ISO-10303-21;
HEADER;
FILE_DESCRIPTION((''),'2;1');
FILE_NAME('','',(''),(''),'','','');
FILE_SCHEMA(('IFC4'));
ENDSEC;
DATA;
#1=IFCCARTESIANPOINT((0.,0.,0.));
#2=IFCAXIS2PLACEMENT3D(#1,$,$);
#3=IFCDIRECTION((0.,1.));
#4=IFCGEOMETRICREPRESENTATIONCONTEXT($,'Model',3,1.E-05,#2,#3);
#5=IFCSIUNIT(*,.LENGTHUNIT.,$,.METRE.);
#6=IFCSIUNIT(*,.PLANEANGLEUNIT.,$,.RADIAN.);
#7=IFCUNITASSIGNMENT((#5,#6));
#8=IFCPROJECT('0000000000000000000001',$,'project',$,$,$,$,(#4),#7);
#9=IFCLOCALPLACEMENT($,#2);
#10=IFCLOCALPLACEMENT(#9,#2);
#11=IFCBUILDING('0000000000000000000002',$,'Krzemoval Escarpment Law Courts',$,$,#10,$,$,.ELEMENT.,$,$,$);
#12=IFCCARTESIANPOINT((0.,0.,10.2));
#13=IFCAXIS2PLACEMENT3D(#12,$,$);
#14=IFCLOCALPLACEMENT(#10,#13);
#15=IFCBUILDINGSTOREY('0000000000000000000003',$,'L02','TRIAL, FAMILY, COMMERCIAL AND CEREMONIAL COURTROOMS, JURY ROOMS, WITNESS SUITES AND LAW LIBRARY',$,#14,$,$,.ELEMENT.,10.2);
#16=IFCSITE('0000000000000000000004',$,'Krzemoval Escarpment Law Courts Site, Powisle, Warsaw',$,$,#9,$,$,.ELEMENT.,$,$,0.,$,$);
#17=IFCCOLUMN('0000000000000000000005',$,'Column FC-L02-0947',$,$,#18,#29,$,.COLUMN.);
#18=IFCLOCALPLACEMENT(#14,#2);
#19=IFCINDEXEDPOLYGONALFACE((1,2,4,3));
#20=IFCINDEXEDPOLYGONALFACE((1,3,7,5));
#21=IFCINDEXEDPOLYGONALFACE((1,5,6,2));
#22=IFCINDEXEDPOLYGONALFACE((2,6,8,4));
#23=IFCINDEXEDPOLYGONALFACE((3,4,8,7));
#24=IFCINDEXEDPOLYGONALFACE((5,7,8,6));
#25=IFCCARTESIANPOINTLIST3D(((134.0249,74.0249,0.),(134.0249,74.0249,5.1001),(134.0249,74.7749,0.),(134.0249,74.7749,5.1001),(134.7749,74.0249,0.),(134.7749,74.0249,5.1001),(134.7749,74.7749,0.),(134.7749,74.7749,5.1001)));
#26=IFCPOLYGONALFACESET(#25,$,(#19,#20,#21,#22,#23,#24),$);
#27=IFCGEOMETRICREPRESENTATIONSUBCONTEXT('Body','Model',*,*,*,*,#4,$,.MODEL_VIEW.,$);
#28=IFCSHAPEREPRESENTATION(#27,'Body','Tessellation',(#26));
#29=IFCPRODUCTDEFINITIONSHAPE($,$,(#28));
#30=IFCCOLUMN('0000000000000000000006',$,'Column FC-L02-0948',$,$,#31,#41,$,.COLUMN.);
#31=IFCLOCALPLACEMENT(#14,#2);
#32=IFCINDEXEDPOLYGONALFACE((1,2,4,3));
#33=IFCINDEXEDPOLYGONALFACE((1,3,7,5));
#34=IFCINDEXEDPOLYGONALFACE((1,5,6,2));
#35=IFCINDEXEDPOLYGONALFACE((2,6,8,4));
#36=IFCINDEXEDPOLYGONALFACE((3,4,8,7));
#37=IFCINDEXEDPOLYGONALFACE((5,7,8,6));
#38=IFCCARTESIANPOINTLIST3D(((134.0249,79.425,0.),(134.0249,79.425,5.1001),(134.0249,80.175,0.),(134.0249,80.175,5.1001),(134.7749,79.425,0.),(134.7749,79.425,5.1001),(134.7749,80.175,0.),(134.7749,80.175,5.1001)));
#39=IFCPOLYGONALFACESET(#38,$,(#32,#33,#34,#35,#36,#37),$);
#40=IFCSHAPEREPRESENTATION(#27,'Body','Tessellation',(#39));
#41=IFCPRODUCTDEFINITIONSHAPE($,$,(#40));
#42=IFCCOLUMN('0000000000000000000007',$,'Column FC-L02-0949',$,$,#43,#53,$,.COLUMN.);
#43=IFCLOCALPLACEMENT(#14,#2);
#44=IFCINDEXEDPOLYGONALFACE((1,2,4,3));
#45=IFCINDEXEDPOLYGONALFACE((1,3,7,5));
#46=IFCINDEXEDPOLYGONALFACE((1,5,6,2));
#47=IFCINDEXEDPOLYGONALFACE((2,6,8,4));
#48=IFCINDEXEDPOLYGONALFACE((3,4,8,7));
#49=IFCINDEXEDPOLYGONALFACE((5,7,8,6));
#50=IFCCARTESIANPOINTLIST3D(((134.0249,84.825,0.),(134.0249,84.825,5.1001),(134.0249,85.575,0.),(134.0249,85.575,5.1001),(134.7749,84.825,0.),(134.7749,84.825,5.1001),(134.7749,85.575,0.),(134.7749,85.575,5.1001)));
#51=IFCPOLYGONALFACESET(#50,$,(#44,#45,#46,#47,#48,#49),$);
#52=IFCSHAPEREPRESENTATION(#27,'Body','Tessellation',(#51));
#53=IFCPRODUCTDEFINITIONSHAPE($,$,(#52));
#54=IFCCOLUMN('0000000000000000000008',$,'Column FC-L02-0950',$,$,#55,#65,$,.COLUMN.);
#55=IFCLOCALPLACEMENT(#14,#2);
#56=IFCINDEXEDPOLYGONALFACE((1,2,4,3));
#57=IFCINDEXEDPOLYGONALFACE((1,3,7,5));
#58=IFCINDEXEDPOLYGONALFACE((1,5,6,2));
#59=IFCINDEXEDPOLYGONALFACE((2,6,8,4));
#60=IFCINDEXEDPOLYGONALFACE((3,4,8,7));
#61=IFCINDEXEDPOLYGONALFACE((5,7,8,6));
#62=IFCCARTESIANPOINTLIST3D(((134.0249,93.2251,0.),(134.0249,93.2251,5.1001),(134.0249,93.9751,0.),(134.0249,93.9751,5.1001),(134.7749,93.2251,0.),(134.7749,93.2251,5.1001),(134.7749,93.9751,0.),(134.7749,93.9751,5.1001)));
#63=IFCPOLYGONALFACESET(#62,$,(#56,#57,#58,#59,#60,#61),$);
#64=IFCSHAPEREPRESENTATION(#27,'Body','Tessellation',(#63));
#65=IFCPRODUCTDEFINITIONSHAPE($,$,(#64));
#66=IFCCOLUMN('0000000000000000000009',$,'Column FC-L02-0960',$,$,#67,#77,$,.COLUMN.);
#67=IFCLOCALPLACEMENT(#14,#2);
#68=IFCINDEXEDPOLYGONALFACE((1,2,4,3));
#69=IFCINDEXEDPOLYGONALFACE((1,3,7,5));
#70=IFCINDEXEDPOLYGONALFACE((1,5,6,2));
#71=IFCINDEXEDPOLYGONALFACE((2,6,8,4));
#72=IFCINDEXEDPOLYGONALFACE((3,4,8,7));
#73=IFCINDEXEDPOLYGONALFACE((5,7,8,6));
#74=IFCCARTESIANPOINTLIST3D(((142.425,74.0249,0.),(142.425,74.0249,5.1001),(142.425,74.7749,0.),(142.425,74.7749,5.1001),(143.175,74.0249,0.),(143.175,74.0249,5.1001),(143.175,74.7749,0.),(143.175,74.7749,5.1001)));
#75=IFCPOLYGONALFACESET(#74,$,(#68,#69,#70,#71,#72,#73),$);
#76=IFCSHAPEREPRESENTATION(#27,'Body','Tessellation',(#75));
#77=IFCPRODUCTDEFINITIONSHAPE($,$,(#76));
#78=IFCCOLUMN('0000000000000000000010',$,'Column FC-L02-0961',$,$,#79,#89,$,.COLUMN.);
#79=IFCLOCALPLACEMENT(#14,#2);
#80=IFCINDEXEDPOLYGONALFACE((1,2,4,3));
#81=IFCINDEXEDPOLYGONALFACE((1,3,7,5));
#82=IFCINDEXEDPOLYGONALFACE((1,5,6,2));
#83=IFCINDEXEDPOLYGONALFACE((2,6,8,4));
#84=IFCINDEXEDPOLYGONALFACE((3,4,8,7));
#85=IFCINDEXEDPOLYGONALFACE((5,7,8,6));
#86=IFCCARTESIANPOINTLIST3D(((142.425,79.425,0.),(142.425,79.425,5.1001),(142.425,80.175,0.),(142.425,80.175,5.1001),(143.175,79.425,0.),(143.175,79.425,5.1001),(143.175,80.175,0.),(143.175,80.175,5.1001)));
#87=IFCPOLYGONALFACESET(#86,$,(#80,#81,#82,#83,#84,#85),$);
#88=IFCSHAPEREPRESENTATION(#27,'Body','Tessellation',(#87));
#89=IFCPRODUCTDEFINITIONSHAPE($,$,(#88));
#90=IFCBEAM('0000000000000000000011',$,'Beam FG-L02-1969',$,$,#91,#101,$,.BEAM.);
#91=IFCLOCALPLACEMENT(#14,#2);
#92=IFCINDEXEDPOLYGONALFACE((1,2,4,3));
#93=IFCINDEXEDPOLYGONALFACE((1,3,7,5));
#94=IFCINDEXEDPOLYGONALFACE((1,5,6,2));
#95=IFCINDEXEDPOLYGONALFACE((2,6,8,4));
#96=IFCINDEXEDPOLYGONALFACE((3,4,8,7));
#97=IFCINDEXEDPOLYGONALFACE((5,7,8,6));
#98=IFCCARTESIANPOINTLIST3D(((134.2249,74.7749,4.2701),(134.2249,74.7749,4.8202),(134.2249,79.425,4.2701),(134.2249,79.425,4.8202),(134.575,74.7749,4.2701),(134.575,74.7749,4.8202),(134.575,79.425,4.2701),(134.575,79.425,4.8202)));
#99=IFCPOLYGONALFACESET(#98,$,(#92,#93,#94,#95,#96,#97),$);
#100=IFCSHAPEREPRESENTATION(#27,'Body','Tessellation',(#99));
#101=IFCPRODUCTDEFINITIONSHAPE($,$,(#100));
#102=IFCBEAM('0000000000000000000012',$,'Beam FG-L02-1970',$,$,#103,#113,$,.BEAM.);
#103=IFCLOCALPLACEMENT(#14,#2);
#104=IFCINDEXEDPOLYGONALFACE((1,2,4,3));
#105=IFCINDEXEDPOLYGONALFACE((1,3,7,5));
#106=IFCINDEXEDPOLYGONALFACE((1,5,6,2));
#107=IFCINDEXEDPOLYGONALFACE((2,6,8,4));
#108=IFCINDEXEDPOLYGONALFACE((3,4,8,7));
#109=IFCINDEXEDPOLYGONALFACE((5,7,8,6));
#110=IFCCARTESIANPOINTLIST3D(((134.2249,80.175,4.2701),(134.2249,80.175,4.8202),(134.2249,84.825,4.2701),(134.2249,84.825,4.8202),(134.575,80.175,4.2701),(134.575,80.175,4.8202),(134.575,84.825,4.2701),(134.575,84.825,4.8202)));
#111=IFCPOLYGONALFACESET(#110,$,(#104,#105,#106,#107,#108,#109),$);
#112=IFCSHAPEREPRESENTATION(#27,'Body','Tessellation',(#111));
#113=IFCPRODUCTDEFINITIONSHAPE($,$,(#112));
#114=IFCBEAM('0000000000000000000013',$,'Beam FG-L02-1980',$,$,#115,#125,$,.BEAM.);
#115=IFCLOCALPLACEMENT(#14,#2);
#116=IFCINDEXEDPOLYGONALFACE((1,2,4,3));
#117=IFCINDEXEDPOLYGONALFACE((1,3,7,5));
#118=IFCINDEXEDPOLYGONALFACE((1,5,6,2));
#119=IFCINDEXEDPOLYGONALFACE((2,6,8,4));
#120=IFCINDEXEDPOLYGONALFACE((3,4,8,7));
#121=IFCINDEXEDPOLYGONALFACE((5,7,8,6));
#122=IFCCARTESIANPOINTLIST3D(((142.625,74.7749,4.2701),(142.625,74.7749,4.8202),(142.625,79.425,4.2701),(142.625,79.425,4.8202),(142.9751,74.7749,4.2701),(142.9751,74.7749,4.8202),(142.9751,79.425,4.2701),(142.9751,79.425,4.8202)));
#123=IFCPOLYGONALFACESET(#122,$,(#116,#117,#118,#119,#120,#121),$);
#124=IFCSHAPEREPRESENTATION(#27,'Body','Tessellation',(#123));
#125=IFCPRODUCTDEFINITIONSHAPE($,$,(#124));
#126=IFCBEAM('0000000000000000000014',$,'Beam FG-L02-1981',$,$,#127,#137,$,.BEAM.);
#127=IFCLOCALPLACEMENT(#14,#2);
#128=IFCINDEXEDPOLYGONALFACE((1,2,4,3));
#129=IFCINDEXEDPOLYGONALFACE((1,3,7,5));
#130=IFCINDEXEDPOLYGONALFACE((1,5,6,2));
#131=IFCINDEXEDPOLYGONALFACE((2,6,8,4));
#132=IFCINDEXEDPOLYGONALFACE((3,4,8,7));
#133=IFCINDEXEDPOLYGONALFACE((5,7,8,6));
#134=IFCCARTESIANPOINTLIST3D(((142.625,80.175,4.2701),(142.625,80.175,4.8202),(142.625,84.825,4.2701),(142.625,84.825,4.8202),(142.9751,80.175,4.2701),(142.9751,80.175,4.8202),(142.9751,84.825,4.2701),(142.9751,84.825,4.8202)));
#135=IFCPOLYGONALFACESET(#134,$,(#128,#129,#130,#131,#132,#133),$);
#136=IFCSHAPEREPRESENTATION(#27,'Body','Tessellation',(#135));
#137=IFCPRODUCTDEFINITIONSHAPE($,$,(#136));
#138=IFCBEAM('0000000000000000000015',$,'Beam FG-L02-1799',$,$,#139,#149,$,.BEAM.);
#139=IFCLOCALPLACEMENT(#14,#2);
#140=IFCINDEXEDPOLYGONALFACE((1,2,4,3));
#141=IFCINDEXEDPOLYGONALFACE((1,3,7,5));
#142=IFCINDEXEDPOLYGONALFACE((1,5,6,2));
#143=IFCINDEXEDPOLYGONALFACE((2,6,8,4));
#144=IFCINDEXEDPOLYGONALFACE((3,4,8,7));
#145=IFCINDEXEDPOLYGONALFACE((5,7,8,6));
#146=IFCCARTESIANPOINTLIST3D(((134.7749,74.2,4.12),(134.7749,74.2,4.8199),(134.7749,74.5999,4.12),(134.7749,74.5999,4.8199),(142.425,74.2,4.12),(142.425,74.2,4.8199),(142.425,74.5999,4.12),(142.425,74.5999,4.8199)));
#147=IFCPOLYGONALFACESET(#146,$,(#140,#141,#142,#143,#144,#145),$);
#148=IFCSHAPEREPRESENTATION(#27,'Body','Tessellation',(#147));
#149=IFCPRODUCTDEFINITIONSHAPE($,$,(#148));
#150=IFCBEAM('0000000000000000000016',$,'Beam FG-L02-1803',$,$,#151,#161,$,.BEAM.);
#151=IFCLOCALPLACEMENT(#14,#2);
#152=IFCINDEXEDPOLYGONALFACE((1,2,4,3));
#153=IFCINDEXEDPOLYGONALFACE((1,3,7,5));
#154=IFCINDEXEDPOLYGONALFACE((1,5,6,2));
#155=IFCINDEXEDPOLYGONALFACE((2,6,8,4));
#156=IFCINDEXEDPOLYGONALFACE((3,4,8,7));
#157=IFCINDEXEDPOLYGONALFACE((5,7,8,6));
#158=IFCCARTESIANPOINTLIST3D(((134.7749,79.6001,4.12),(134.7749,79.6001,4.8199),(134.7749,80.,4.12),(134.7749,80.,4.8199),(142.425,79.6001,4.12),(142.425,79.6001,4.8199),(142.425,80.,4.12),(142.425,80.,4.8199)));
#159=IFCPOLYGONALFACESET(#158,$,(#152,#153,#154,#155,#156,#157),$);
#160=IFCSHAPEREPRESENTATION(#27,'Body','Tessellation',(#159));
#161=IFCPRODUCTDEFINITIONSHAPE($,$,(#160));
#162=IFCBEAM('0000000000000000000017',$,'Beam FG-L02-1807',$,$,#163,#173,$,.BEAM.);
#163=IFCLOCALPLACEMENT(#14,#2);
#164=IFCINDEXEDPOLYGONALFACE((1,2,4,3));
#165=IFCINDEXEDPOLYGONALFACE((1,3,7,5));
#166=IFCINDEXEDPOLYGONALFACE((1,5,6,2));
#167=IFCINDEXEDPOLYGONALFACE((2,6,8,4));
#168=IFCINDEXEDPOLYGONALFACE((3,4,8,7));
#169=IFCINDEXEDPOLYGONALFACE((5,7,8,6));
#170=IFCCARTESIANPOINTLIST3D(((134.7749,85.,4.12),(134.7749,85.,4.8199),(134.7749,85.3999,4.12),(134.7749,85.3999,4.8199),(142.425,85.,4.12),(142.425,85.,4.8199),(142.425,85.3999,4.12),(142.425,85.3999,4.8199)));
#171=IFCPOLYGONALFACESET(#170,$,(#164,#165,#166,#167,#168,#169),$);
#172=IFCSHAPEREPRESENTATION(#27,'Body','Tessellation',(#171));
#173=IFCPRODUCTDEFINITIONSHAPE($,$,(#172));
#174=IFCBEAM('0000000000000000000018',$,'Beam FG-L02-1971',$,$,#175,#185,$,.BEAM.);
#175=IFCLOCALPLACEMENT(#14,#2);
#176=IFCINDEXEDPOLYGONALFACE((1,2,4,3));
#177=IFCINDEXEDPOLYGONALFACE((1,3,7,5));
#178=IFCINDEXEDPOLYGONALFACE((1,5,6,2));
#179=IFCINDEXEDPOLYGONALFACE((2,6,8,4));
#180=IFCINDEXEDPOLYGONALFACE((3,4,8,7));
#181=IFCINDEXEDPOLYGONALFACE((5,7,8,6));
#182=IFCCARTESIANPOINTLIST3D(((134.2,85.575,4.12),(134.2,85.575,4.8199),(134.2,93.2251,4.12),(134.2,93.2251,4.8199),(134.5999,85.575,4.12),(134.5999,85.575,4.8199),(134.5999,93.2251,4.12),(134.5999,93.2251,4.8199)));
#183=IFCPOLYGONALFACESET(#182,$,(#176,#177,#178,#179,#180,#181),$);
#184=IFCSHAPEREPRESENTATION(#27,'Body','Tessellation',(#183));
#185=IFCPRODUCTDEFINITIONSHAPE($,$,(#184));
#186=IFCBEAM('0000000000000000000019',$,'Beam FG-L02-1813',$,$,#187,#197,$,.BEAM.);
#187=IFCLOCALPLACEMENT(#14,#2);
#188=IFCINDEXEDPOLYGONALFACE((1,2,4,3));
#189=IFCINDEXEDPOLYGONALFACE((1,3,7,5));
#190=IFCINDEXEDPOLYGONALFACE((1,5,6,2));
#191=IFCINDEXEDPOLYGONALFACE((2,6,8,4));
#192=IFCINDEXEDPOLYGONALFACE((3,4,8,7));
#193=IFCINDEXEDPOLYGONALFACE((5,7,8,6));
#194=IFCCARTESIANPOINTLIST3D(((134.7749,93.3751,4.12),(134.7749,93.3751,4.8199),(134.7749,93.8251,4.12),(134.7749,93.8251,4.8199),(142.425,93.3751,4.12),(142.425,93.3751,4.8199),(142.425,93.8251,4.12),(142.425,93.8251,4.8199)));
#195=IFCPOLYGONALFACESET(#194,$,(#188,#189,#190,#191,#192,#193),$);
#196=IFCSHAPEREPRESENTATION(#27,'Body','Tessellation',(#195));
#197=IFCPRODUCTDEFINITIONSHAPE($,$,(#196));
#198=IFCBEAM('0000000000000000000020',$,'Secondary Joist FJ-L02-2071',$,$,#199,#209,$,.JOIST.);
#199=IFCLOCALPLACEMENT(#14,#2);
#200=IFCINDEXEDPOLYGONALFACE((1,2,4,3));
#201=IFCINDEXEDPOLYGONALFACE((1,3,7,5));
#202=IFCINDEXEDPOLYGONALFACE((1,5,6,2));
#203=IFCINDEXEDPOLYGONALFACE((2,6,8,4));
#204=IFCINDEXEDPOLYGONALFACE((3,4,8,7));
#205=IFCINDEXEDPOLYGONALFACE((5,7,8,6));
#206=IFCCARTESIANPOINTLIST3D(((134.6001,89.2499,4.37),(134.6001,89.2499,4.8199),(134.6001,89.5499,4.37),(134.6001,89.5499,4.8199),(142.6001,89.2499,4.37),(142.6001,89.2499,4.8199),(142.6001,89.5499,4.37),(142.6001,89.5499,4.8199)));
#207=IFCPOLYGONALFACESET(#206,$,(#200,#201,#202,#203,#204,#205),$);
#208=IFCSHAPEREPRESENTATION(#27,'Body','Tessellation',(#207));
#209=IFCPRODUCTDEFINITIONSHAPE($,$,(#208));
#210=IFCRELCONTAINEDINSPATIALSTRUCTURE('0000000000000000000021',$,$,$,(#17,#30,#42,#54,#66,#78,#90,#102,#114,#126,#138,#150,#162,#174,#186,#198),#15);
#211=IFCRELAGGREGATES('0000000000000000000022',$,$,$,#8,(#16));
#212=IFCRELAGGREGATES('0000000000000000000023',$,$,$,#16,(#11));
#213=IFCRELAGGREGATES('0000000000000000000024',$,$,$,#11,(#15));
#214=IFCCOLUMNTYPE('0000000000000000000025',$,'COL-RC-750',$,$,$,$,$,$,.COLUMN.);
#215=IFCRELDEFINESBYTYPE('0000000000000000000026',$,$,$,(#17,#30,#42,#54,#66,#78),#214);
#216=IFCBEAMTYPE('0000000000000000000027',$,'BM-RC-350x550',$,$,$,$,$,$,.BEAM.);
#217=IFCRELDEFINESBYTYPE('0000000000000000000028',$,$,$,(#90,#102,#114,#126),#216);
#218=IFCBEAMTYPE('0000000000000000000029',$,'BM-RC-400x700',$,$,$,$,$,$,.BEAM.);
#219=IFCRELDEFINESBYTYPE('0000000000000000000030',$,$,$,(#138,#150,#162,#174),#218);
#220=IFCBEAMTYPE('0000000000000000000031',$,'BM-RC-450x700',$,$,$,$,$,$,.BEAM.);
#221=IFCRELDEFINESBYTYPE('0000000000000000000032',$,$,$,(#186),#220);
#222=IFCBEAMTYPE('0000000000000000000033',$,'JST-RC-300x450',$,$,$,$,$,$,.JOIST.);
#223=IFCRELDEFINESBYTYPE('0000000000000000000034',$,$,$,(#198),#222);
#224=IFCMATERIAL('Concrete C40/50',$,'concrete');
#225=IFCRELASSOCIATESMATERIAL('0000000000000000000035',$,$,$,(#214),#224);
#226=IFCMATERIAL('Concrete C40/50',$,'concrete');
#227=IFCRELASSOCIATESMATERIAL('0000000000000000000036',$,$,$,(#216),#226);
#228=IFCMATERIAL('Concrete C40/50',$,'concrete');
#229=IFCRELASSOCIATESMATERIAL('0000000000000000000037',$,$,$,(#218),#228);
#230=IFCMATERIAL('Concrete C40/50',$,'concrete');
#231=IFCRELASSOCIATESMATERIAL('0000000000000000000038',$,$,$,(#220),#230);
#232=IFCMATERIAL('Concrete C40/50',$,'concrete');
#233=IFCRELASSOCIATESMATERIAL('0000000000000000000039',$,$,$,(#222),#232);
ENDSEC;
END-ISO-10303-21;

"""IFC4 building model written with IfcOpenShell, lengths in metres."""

from ifc_helpers import new_model, si_unit, direction, frame, origin, origin_2d, place, context, subcontext, project, spatial, rectangle, extrude, material, material_profile, profile_set, type_object, element, save


model = new_model("IFC4")

# Units and contexts
model_context = context("Model", 3, precision=1e-05, world=origin(), true_north=direction((0.0, 1.0)))
body_context = subcontext(model_context, "Body", "Model", "MODEL_VIEW")
ifc_project = project(units=[si_unit("LENGTHUNIT", "METRE"), si_unit("PLANEANGLEUNIT", "RADIAN")], contexts=[model_context])

# Site, building, storey
site_placement = place(None, origin())
site = spatial("IfcSite", under=ifc_project, at=site_placement, Name="Krzemoval Escarpment Law Courts Site, Powisle, Warsaw", CompositionType="ELEMENT", RefElevation=0.0)
building_placement = place(site_placement, origin())
building = spatial("IfcBuilding", under=site, at=building_placement, Name="Krzemoval Escarpment Law Courts", CompositionType="ELEMENT")
storey_placement = place(building_placement, frame((0.0, 0.0, 10.2)))
storey = spatial("IfcBuildingStorey", under=building, at=storey_placement, Name="L02", Description="TRIAL, FAMILY, COMMERCIAL AND CEREMONIAL COURTROOMS, JURY ROOMS, WITNESS SUITES AND LAW LIBRARY", CompositionType="ELEMENT", Elevation=10.2)

# Columns
ifc_material_1 = material(Name="Concrete C40/50", Category="concrete")
ifc_material_profile_1 = material_profile(ifc_material_1, rectangle(XDim=0.75, YDim=0.75, at=origin_2d()), Name="RC 750x750")
ifc_profile_set_1 = profile_set([ifc_material_profile_1], Name="Concrete C40/50")
column_type = type_object("IfcColumnType", Name="COL-RC-750", PredefinedType="COLUMN", material=ifc_profile_set_1)
for number, where, z_axis, x_axis, name in (
    (1, (134.3999, 74.3999, 0.0), (0.0, 0.0, 1.0), (1.0, 0.0, 0.0), "Column FC-L02-0947"),
    (2, (134.3999, 79.8, 0.0), (0.0, 0.0, 1.0), (1.0, 0.0, 0.0), "Column FC-L02-0948"),
    (3, (134.3999, 85.2, 0.0), (0.0, 0.0, 1.0), (1.0, 0.0, 0.0), "Column FC-L02-0949"),
    (4, (134.3999, 93.6001, 0.0), (0.0, 0.0, 1.0), (1.0, 0.0, 0.0), "Column FC-L02-0950"),
    (5, (142.8, 74.3999, 0.0), (0.0, 0.0, 1.0), (1.0, 0.0, 0.0), "Column FC-L02-0960"),
    (6, (142.8, 79.8, 0.0), (0.0, 0.0, 1.0), (1.0, 0.0, 0.0), "Column FC-L02-0961"),
):
    element("IfcColumn", number, at=place(storey_placement, frame(where, z_axis=z_axis, x_axis=x_axis)), inside=storey, type_object=column_type, Name=name, PredefinedType="COLUMN", context=body_context, shape_type="SweptSolid", body=[
        extrude(rectangle(XDim=0.75, YDim=0.75, at=origin_2d()), origin(), (0.0, 0.0, 1.0), 5.1001),
    ])

# Beams
ifc_material_2 = material(Name="Concrete C40/50", Category="concrete")
ifc_material_profile_2 = material_profile(ifc_material_2, rectangle(XDim=0.3501, YDim=0.55, at=origin_2d()), Name="RCB 350x550")
ifc_profile_set_2 = profile_set([ifc_material_profile_2], Name="Concrete C40/50")
beam_type_1 = type_object("IfcBeamType", Name="BM-RC-350x550", PredefinedType="BEAM", material=ifc_profile_set_2)
beam_1_placement = place(storey_placement, frame((134.3999, 74.7749, 4.5452), z_axis=(0.0, 1.0, 0.0), x_axis=(-1.0, 0.0, 0.0)))
element("IfcBeam", 7, at=beam_1_placement, inside=storey, type_object=beam_type_1, Name="Beam FG-L02-1969", PredefinedType="BEAM", context=body_context, shape_type="SweptSolid", body=[
    extrude(rectangle(XDim=0.3501, YDim=0.55, at=origin_2d()), origin(), (0.0, 0.0, 1.0), 4.6501),
])
beam_2_placement = place(storey_placement, frame((134.3999, 80.175, 4.5452), z_axis=(0.0, 1.0, 0.0), x_axis=(-1.0, 0.0, 0.0)))
element("IfcBeam", 8, at=beam_2_placement, inside=storey, type_object=beam_type_1, Name="Beam FG-L02-1970", PredefinedType="BEAM", context=body_context, shape_type="SweptSolid", body=[
    extrude(rectangle(XDim=0.3501, YDim=0.55, at=origin_2d()), origin(), (0.0, 0.0, 1.0), 4.6499),
])
beam_3_placement = place(storey_placement, frame((142.8, 74.7749, 4.5452), z_axis=(0.0, 1.0, 0.0), x_axis=(-1.0, 0.0, 0.0)))
element("IfcBeam", 9, at=beam_3_placement, inside=storey, type_object=beam_type_1, Name="Beam FG-L02-1980", PredefinedType="BEAM", context=body_context, shape_type="SweptSolid", body=[
    extrude(rectangle(XDim=0.3501, YDim=0.55, at=origin_2d()), origin(), (0.0, 0.0, 1.0), 4.6501),
])
beam_4_placement = place(storey_placement, frame((142.8, 80.175, 4.5452), z_axis=(0.0, 1.0, 0.0), x_axis=(-1.0, 0.0, 0.0)))
element("IfcBeam", 10, at=beam_4_placement, inside=storey, type_object=beam_type_1, Name="Beam FG-L02-1981", PredefinedType="BEAM", context=body_context, shape_type="SweptSolid", body=[
    extrude(rectangle(XDim=0.3501, YDim=0.55, at=origin_2d()), origin(), (0.0, 0.0, 1.0), 4.6499),
])
ifc_material_3 = material(Name="Concrete C40/50", Category="concrete")
ifc_material_profile_3 = material_profile(ifc_material_3, rectangle(XDim=0.3999, YDim=0.7, at=origin_2d()), Name="RCB 400x700")
ifc_profile_set_3 = profile_set([ifc_material_profile_3], Name="Concrete C40/50")
beam_type_2 = type_object("IfcBeamType", Name="BM-RC-400x700", PredefinedType="BEAM", material=ifc_profile_set_3)
for number, where, z_axis, x_axis, name in (
    (11, (134.7749, 74.3999, 4.47), (1.0, 0.0, 0.0), (0.0, 1.0, 0.0), "Beam FG-L02-1799"),
    (12, (134.7749, 79.8, 4.47), (1.0, 0.0, 0.0), (0.0, 1.0, 0.0), "Beam FG-L02-1803"),
    (13, (134.7749, 85.2, 4.47), (1.0, 0.0, 0.0), (0.0, 1.0, 0.0), "Beam FG-L02-1807"),
    (14, (134.3999, 85.575, 4.47), (0.0, 1.0, 0.0), (-1.0, 0.0, 0.0), "Beam FG-L02-1971"),
):
    element("IfcBeam", number, at=place(storey_placement, frame(where, z_axis=z_axis, x_axis=x_axis)), inside=storey, type_object=beam_type_2, Name=name, PredefinedType="BEAM", context=body_context, shape_type="SweptSolid", body=[
        extrude(rectangle(XDim=0.3999, YDim=0.7, at=origin_2d()), origin(), (0.0, 0.0, 1.0), 7.6501),
    ])
ifc_material_4 = material(Name="Concrete C40/50", Category="concrete")
ifc_material_profile_4 = material_profile(ifc_material_4, rectangle(XDim=0.45, YDim=0.7, at=origin_2d()), Name="RCB 450x700")
ifc_profile_set_4 = profile_set([ifc_material_profile_4], Name="Concrete C40/50")
beam_type_3 = type_object("IfcBeamType", Name="BM-RC-450x700", PredefinedType="BEAM", material=ifc_profile_set_4)
beam_5_placement = place(storey_placement, frame((134.7749, 93.6001, 4.47), z_axis=(1.0, 0.0, 0.0), x_axis=(0.0, 1.0, 0.0)))
element("IfcBeam", 15, at=beam_5_placement, inside=storey, type_object=beam_type_3, Name="Beam FG-L02-1813", PredefinedType="BEAM", context=body_context, shape_type="SweptSolid", body=[
    extrude(rectangle(XDim=0.45, YDim=0.7, at=origin_2d()), origin(), (0.0, 0.0, 1.0), 7.6501),
])
ifc_material_5 = material(Name="Concrete C40/50", Category="concrete")
ifc_material_profile_5 = material_profile(ifc_material_5, rectangle(XDim=0.3, YDim=0.45, at=origin_2d()), Name="RCB 300x450")
ifc_profile_set_5 = profile_set([ifc_material_profile_5], Name="Concrete C40/50")
beam_type_4 = type_object("IfcBeamType", Name="JST-RC-300x450", PredefinedType="JOIST", material=ifc_profile_set_5)
beam_6_placement = place(storey_placement, frame((134.6001, 89.3999, 4.595), z_axis=(1.0, 0.0, 0.0), x_axis=(0.0, 1.0, 0.0)))
element("IfcBeam", 16, at=beam_6_placement, inside=storey, type_object=beam_type_4, Name="Secondary Joist FJ-L02-2071", PredefinedType="JOIST", context=body_context, shape_type="SweptSolid", body=[
    extrude(rectangle(XDim=0.3, YDim=0.45, at=origin_2d()), origin(), (0.0, 0.0, 1.0), 8.0),
])

save(model, "model.ifc")
